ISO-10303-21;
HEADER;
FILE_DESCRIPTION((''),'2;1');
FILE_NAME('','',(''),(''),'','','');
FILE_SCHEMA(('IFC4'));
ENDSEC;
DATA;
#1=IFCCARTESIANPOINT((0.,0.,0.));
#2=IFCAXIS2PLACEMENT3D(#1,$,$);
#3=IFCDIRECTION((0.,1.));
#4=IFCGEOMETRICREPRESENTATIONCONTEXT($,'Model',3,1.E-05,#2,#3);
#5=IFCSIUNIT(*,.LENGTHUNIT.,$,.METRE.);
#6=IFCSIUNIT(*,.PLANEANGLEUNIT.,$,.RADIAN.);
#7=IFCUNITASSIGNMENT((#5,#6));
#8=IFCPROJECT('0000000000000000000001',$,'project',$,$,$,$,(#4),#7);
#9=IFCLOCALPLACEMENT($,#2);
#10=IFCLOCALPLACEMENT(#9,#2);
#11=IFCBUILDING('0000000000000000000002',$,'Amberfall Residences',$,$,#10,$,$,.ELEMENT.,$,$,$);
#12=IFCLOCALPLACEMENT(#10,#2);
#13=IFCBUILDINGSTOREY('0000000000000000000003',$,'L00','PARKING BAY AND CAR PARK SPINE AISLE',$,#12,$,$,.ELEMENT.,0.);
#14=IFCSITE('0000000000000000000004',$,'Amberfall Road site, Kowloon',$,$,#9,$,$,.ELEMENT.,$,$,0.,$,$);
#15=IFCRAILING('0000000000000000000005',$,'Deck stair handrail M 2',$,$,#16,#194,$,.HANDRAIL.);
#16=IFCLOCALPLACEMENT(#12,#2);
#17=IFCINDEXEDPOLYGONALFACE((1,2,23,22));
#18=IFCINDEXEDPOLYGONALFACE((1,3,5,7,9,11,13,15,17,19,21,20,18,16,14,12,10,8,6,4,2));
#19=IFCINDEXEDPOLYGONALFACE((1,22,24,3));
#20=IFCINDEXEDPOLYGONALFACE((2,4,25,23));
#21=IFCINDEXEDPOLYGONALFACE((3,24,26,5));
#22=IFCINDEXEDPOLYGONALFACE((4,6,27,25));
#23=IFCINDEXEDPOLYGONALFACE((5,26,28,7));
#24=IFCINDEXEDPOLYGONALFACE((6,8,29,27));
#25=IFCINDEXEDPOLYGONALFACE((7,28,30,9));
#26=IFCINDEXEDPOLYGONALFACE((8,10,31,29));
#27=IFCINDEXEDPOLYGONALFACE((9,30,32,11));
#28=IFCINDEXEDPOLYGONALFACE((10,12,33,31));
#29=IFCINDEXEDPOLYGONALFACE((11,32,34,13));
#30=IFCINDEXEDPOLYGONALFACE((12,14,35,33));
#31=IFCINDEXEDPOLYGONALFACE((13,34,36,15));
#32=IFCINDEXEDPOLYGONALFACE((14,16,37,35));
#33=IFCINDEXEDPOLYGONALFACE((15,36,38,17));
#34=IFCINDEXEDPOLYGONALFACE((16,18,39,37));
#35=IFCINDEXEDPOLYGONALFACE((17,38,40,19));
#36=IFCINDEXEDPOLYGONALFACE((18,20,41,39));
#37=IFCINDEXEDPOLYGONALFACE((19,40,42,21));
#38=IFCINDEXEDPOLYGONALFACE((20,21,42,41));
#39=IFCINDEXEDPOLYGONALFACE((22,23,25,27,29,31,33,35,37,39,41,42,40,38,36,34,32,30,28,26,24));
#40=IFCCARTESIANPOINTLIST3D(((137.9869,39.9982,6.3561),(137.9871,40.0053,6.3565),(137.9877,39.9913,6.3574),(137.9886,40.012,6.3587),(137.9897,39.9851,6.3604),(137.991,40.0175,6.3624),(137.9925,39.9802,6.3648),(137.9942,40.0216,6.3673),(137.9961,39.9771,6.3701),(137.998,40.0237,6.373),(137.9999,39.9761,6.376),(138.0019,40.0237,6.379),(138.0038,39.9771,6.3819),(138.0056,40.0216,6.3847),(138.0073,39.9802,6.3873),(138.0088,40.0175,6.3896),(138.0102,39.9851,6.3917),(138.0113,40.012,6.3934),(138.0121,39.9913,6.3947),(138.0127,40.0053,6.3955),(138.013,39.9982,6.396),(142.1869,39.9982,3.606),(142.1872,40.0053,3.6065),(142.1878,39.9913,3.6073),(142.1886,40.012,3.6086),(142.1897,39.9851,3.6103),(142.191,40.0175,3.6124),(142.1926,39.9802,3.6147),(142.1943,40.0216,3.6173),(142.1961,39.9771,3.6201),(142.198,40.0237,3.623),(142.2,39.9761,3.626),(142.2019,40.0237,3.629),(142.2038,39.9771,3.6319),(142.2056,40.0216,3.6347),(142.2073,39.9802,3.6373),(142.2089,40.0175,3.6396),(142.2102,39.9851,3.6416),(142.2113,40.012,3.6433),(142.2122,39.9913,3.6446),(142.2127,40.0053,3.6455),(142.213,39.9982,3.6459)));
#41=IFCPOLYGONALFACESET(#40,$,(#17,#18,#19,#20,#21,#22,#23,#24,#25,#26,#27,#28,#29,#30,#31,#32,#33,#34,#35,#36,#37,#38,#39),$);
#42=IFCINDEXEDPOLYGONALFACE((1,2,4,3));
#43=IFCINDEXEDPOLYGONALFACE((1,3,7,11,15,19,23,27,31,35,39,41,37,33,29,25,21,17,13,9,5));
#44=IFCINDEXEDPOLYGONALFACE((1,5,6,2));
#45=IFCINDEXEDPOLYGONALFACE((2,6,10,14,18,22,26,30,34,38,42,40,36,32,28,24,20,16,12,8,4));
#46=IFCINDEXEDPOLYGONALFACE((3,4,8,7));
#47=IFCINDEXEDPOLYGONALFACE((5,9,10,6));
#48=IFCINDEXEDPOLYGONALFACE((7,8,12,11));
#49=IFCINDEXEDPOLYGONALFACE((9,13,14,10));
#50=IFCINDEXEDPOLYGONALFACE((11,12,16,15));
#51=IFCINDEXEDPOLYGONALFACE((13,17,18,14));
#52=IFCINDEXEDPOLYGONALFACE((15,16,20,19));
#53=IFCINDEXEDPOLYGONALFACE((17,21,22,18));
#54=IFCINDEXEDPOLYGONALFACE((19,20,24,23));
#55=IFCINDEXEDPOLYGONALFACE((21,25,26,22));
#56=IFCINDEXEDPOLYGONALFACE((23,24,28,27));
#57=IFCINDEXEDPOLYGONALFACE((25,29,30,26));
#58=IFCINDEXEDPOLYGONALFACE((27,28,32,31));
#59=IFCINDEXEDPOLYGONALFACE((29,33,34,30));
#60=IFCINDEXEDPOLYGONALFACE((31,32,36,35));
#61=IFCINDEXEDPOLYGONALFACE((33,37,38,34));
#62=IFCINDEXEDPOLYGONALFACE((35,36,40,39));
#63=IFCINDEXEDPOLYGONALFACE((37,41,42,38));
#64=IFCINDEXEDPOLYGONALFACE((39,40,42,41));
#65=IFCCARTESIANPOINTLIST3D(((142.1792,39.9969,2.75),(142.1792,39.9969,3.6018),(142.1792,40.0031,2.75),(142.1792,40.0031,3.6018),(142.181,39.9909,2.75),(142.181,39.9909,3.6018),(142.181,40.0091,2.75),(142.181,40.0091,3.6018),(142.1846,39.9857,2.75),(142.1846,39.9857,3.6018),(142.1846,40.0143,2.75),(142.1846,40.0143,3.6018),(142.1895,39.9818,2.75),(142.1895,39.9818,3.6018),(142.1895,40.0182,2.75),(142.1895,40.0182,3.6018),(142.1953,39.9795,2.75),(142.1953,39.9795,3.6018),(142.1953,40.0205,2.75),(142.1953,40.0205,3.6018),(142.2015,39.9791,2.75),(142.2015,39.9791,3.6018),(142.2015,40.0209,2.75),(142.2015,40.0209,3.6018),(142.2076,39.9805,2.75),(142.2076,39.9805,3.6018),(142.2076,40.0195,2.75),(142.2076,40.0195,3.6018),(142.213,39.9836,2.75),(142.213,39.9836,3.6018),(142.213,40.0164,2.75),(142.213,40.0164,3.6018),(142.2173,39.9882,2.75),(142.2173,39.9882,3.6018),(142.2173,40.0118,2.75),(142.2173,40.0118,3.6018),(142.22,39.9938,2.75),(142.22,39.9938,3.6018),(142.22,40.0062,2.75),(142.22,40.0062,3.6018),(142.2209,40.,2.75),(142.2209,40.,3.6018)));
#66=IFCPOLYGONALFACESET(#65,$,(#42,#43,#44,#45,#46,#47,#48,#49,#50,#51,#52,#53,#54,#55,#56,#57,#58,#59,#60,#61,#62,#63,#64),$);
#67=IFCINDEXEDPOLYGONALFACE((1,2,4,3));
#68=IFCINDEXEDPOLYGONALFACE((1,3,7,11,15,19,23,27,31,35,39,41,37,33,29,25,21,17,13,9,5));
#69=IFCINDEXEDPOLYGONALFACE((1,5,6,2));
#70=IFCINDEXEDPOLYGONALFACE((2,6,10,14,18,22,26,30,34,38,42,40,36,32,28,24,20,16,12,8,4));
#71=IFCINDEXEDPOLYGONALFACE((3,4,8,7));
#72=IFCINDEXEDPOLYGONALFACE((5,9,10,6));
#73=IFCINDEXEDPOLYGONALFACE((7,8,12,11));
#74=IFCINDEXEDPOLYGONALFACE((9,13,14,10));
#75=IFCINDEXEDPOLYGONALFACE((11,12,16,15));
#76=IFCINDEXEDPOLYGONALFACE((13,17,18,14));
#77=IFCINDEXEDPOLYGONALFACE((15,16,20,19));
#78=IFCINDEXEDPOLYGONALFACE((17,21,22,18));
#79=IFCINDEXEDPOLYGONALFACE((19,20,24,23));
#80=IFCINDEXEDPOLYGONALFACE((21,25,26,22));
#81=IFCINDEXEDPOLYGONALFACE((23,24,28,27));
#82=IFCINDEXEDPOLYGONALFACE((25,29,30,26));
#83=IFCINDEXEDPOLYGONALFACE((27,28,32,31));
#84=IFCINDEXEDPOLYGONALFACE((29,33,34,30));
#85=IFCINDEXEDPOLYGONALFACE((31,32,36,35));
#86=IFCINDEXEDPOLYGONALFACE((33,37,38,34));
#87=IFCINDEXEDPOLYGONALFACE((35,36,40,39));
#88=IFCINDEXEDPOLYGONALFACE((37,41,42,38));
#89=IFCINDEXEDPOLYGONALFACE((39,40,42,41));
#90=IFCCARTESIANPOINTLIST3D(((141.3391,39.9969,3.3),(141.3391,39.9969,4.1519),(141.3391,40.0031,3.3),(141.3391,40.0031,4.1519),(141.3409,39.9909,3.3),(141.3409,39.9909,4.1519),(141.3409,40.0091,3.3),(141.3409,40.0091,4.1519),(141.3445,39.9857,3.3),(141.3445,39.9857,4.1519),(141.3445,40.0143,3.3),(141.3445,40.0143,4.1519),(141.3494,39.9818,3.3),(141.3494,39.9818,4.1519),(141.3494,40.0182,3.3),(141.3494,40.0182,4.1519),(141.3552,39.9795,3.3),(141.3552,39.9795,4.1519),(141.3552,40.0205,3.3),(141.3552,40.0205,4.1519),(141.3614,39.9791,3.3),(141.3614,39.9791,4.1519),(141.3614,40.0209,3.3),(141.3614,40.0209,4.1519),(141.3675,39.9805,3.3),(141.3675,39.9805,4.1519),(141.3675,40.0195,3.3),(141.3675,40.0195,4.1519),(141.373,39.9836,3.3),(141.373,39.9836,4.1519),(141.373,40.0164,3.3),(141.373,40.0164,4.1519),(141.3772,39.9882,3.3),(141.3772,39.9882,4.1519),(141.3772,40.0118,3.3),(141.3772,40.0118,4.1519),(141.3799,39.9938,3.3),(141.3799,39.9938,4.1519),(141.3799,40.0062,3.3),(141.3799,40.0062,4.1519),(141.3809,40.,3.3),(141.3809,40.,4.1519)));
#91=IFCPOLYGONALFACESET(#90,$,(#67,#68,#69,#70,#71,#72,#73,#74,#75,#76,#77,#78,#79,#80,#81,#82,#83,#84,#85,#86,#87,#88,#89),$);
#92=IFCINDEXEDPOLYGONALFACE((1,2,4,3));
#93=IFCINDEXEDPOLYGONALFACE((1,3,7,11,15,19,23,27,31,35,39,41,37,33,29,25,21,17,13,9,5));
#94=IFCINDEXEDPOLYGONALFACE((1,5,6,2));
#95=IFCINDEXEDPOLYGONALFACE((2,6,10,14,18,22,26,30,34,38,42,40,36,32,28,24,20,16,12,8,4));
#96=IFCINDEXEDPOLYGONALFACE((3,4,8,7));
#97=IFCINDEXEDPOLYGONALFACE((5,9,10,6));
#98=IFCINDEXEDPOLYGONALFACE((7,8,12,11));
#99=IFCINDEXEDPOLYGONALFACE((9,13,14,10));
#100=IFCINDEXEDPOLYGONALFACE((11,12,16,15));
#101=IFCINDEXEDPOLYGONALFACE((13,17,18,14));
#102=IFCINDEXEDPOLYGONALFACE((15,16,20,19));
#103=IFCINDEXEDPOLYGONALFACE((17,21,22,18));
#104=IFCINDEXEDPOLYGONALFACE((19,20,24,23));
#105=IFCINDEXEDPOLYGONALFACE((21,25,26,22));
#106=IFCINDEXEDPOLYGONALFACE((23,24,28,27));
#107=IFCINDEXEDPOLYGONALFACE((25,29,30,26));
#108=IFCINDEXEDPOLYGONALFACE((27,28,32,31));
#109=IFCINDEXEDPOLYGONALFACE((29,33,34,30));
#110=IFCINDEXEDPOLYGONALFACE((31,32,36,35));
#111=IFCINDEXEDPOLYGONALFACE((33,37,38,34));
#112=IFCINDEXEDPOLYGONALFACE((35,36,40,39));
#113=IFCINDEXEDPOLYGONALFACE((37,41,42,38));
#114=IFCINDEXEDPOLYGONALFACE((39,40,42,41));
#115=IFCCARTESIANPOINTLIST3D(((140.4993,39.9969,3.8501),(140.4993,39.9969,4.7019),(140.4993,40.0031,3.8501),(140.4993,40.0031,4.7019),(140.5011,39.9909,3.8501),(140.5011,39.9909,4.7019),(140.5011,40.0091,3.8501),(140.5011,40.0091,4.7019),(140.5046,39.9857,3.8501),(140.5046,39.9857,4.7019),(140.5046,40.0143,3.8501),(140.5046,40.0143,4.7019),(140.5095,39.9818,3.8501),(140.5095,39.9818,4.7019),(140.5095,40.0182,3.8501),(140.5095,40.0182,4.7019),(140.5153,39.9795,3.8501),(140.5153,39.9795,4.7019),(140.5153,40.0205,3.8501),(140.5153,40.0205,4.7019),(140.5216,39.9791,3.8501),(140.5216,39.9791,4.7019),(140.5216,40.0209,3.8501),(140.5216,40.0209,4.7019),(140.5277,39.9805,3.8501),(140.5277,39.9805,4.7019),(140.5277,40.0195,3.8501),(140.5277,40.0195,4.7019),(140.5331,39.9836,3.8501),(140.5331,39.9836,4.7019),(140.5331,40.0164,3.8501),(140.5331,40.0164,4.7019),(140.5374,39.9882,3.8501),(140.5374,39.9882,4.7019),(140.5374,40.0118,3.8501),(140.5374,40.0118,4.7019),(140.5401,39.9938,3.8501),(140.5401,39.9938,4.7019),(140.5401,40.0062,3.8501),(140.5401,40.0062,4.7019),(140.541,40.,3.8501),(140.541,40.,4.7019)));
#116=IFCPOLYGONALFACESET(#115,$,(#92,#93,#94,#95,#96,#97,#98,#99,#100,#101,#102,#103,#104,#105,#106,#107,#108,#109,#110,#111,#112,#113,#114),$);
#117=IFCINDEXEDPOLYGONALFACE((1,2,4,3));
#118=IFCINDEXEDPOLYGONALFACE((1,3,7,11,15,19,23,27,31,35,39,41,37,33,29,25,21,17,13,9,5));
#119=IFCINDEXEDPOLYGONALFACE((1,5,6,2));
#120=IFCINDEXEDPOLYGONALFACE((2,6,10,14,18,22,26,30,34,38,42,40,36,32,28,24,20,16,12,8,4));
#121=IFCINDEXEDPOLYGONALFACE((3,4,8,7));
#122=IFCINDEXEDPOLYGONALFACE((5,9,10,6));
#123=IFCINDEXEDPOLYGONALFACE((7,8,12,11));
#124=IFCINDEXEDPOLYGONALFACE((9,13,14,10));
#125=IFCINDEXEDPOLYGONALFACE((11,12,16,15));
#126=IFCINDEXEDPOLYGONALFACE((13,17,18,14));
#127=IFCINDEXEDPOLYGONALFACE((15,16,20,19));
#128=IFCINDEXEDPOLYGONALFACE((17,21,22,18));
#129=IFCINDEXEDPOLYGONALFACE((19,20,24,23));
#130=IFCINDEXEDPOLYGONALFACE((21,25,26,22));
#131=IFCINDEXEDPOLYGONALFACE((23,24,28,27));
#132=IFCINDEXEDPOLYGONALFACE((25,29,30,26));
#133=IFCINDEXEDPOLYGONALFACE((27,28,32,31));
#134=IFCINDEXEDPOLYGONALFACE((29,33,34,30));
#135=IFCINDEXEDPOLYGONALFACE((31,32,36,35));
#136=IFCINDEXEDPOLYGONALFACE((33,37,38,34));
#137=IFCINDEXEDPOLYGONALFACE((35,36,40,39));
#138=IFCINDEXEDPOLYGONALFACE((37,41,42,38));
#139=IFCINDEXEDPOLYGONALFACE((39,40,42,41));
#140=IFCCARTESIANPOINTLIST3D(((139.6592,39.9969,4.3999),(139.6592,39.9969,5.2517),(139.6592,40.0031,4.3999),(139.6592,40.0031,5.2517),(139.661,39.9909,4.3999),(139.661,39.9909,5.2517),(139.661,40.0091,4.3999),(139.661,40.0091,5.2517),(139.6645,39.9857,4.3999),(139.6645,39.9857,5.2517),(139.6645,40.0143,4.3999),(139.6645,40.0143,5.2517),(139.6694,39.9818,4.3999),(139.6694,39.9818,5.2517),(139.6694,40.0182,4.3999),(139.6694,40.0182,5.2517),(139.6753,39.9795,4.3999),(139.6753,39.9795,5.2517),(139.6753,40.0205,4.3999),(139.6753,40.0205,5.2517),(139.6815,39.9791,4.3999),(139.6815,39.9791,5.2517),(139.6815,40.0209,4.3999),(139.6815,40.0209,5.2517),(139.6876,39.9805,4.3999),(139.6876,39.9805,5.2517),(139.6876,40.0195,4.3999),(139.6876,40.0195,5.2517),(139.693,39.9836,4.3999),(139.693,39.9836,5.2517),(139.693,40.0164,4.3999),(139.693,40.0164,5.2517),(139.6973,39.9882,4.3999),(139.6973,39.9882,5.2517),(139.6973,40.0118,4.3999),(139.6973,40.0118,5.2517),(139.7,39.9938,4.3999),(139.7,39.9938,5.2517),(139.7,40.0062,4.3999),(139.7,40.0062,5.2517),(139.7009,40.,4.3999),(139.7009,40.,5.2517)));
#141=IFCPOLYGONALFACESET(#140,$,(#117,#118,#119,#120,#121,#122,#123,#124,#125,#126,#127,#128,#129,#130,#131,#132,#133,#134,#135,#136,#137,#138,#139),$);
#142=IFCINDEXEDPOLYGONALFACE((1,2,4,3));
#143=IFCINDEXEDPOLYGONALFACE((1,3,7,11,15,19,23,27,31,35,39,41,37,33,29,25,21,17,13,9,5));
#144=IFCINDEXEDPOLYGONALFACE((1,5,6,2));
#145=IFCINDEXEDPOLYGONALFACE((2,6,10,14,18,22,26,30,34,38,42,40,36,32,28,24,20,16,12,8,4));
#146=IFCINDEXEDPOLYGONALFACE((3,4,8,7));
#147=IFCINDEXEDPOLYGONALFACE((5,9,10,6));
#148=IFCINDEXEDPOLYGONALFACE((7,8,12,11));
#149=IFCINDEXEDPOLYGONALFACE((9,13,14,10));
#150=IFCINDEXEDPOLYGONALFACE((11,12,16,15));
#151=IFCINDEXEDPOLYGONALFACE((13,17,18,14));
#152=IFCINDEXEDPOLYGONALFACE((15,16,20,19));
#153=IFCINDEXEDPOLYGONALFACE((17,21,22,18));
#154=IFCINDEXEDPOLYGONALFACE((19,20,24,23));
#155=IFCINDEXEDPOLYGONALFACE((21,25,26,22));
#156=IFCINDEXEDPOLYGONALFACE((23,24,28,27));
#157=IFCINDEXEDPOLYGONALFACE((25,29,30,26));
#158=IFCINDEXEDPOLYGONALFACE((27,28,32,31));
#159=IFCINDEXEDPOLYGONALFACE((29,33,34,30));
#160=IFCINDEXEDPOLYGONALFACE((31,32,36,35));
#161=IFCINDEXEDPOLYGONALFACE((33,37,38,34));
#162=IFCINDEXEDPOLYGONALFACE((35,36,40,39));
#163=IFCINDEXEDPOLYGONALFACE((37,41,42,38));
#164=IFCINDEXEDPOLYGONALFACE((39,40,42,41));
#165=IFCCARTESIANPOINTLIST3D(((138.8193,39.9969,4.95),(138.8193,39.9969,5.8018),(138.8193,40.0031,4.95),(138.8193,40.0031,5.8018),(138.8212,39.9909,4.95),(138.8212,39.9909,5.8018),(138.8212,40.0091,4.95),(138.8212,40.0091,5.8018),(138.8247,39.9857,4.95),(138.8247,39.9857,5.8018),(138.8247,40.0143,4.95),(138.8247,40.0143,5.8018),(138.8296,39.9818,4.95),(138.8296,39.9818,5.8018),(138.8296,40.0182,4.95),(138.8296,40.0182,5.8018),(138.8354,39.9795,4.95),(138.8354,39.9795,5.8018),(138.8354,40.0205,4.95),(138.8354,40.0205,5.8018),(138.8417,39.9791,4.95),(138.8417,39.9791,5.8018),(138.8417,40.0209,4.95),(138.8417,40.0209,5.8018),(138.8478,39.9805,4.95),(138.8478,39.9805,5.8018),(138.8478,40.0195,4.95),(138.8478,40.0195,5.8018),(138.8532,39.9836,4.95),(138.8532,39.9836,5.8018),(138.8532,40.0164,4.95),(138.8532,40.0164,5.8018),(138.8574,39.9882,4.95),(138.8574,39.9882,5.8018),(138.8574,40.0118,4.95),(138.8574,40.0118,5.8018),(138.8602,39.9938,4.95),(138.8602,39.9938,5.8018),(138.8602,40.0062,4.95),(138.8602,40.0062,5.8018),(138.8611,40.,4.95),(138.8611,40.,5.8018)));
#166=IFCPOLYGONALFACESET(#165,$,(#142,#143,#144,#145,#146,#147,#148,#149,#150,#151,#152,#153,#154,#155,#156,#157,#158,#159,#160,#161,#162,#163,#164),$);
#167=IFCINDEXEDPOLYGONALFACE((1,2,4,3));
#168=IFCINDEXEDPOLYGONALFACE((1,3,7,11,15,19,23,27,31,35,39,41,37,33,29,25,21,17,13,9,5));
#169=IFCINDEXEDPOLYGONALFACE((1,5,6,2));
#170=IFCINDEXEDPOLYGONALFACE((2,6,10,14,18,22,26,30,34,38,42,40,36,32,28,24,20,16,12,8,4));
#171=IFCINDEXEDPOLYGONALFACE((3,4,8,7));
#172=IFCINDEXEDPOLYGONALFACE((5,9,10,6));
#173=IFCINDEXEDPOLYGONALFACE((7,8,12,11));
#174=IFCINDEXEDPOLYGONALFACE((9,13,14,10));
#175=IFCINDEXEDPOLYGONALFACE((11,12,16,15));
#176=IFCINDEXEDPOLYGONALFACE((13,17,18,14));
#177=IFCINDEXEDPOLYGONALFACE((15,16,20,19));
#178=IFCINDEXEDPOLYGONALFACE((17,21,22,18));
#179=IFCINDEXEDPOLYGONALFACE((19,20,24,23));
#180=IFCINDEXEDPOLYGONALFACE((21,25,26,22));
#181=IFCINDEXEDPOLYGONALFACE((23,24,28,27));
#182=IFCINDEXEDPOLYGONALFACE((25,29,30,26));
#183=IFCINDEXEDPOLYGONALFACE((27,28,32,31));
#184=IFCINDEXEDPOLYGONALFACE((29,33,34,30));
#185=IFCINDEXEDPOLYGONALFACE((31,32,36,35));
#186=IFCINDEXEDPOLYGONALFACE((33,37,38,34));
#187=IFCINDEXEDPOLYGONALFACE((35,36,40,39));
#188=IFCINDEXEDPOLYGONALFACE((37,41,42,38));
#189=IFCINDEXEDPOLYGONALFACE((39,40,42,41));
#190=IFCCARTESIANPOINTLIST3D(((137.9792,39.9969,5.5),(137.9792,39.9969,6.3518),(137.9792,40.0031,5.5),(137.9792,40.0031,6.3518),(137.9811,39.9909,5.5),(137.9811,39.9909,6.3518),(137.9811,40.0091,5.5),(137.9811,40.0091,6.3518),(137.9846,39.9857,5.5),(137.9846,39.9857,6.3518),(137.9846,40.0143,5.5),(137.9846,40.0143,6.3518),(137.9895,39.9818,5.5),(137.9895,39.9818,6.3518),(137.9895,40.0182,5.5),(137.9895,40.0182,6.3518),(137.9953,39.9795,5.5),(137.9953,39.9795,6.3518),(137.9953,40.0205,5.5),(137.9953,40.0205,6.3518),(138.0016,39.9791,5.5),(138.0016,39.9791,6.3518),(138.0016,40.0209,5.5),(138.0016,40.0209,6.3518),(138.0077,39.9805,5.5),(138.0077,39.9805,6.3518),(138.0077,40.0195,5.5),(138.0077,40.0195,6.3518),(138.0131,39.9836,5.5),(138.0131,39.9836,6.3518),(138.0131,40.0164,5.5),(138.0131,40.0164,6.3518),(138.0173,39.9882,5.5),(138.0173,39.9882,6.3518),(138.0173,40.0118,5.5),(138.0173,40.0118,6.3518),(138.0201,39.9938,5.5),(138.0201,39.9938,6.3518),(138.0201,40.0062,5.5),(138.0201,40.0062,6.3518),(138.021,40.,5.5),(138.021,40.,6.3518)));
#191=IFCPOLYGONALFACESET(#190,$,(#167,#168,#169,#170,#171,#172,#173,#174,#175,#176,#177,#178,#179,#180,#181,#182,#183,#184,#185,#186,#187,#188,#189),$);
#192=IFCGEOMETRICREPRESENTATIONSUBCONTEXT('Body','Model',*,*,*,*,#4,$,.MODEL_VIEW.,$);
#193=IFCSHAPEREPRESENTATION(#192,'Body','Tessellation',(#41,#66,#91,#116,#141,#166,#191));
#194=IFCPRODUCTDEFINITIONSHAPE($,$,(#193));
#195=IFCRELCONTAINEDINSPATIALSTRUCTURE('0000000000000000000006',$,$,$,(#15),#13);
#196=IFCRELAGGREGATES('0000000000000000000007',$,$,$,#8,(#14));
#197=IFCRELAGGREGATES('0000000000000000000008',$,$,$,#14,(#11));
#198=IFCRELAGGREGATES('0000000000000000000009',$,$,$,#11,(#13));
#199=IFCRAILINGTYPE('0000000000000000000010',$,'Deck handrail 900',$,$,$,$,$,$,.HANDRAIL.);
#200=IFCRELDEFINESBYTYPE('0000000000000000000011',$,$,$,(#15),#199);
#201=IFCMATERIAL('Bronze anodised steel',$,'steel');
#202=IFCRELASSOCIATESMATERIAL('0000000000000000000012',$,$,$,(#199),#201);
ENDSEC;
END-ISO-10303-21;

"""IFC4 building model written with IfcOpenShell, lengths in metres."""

from ifc_helpers import new_model, si_unit, direction, frame, origin, origin_2d, place, context, subcontext, project, spatial, circle, extrude, material, type_object, element, save


model = new_model("IFC4")

# Units and contexts
model_context = context("Model", 3, precision=1e-05, world=origin(), true_north=direction((0.0, 1.0)))
body_context = subcontext(model_context, "Body", "Model", "MODEL_VIEW")
ifc_project = project(units=[si_unit("LENGTHUNIT", "METRE"), si_unit("PLANEANGLEUNIT", "RADIAN")], contexts=[model_context])

# Site, building, storey
site_placement = place(None, origin())
site = spatial("IfcSite", under=ifc_project, at=site_placement, Name="Amberfall Road site, Kowloon", CompositionType="ELEMENT", RefElevation=0.0)
building_placement = place(site_placement, origin())
building = spatial("IfcBuilding", under=site, at=building_placement, Name="Amberfall Residences", CompositionType="ELEMENT")
storey_placement = place(building_placement, origin())
storey = spatial("IfcBuildingStorey", under=building, at=storey_placement, Name="L00", Description="PARKING BAY AND CAR PARK SPINE AISLE", CompositionType="ELEMENT", Elevation=0.0)

# Railing
ifc_material_1 = material(Name="Bronze anodised steel", Category="steel")
railing_type = type_object("IfcRailingType", Name="Deck handrail 900", PredefinedType="HANDRAIL", material=ifc_material_1)
railing_1_placement = place(storey_placement, frame((142.2, 40.0, 2.75)))
element("IfcRailing", 1, at=railing_1_placement, inside=storey, type_object=railing_type, Name="Deck stair handrail M 2", PredefinedType="HANDRAIL", context=body_context, shape_type="SweptSolid", body=[
    extrude(circle(Radius=0.0239, at=origin_2d()), frame((0.0, 0.0, 0.876), z_axis=(-0.836616, 0.0, 0.54779), x_axis=(0.0, -1.0, 0.0)), (0.0, 0.0, 1.0), 5.0203),
    extrude(circle(Radius=0.021, at=origin_2d()), origin(), (0.0, 0.0, 1.0), 0.8518),
    extrude(circle(Radius=0.021, at=origin_2d()), frame((-0.8401, 0.0, 0.55)), (0.0, 0.0, 1.0), 0.8518),
    extrude(circle(Radius=0.021, at=origin_2d()), frame((-1.6799, 0.0, 1.1001)), (0.0, 0.0, 1.0), 0.8518),
    extrude(circle(Radius=0.021, at=origin_2d()), frame((-2.52, 0.0, 1.6499)), (0.0, 0.0, 1.0), 0.8518),
    extrude(circle(Radius=0.021, at=origin_2d()), frame((-3.3599, 0.0, 2.2)), (0.0, 0.0, 1.0), 0.8518),
    extrude(circle(Radius=0.021, at=origin_2d()), frame((-4.2, 0.0, 2.75)), (0.0, 0.0, 1.0), 0.8518),
])

save(model, "model.ifc")
